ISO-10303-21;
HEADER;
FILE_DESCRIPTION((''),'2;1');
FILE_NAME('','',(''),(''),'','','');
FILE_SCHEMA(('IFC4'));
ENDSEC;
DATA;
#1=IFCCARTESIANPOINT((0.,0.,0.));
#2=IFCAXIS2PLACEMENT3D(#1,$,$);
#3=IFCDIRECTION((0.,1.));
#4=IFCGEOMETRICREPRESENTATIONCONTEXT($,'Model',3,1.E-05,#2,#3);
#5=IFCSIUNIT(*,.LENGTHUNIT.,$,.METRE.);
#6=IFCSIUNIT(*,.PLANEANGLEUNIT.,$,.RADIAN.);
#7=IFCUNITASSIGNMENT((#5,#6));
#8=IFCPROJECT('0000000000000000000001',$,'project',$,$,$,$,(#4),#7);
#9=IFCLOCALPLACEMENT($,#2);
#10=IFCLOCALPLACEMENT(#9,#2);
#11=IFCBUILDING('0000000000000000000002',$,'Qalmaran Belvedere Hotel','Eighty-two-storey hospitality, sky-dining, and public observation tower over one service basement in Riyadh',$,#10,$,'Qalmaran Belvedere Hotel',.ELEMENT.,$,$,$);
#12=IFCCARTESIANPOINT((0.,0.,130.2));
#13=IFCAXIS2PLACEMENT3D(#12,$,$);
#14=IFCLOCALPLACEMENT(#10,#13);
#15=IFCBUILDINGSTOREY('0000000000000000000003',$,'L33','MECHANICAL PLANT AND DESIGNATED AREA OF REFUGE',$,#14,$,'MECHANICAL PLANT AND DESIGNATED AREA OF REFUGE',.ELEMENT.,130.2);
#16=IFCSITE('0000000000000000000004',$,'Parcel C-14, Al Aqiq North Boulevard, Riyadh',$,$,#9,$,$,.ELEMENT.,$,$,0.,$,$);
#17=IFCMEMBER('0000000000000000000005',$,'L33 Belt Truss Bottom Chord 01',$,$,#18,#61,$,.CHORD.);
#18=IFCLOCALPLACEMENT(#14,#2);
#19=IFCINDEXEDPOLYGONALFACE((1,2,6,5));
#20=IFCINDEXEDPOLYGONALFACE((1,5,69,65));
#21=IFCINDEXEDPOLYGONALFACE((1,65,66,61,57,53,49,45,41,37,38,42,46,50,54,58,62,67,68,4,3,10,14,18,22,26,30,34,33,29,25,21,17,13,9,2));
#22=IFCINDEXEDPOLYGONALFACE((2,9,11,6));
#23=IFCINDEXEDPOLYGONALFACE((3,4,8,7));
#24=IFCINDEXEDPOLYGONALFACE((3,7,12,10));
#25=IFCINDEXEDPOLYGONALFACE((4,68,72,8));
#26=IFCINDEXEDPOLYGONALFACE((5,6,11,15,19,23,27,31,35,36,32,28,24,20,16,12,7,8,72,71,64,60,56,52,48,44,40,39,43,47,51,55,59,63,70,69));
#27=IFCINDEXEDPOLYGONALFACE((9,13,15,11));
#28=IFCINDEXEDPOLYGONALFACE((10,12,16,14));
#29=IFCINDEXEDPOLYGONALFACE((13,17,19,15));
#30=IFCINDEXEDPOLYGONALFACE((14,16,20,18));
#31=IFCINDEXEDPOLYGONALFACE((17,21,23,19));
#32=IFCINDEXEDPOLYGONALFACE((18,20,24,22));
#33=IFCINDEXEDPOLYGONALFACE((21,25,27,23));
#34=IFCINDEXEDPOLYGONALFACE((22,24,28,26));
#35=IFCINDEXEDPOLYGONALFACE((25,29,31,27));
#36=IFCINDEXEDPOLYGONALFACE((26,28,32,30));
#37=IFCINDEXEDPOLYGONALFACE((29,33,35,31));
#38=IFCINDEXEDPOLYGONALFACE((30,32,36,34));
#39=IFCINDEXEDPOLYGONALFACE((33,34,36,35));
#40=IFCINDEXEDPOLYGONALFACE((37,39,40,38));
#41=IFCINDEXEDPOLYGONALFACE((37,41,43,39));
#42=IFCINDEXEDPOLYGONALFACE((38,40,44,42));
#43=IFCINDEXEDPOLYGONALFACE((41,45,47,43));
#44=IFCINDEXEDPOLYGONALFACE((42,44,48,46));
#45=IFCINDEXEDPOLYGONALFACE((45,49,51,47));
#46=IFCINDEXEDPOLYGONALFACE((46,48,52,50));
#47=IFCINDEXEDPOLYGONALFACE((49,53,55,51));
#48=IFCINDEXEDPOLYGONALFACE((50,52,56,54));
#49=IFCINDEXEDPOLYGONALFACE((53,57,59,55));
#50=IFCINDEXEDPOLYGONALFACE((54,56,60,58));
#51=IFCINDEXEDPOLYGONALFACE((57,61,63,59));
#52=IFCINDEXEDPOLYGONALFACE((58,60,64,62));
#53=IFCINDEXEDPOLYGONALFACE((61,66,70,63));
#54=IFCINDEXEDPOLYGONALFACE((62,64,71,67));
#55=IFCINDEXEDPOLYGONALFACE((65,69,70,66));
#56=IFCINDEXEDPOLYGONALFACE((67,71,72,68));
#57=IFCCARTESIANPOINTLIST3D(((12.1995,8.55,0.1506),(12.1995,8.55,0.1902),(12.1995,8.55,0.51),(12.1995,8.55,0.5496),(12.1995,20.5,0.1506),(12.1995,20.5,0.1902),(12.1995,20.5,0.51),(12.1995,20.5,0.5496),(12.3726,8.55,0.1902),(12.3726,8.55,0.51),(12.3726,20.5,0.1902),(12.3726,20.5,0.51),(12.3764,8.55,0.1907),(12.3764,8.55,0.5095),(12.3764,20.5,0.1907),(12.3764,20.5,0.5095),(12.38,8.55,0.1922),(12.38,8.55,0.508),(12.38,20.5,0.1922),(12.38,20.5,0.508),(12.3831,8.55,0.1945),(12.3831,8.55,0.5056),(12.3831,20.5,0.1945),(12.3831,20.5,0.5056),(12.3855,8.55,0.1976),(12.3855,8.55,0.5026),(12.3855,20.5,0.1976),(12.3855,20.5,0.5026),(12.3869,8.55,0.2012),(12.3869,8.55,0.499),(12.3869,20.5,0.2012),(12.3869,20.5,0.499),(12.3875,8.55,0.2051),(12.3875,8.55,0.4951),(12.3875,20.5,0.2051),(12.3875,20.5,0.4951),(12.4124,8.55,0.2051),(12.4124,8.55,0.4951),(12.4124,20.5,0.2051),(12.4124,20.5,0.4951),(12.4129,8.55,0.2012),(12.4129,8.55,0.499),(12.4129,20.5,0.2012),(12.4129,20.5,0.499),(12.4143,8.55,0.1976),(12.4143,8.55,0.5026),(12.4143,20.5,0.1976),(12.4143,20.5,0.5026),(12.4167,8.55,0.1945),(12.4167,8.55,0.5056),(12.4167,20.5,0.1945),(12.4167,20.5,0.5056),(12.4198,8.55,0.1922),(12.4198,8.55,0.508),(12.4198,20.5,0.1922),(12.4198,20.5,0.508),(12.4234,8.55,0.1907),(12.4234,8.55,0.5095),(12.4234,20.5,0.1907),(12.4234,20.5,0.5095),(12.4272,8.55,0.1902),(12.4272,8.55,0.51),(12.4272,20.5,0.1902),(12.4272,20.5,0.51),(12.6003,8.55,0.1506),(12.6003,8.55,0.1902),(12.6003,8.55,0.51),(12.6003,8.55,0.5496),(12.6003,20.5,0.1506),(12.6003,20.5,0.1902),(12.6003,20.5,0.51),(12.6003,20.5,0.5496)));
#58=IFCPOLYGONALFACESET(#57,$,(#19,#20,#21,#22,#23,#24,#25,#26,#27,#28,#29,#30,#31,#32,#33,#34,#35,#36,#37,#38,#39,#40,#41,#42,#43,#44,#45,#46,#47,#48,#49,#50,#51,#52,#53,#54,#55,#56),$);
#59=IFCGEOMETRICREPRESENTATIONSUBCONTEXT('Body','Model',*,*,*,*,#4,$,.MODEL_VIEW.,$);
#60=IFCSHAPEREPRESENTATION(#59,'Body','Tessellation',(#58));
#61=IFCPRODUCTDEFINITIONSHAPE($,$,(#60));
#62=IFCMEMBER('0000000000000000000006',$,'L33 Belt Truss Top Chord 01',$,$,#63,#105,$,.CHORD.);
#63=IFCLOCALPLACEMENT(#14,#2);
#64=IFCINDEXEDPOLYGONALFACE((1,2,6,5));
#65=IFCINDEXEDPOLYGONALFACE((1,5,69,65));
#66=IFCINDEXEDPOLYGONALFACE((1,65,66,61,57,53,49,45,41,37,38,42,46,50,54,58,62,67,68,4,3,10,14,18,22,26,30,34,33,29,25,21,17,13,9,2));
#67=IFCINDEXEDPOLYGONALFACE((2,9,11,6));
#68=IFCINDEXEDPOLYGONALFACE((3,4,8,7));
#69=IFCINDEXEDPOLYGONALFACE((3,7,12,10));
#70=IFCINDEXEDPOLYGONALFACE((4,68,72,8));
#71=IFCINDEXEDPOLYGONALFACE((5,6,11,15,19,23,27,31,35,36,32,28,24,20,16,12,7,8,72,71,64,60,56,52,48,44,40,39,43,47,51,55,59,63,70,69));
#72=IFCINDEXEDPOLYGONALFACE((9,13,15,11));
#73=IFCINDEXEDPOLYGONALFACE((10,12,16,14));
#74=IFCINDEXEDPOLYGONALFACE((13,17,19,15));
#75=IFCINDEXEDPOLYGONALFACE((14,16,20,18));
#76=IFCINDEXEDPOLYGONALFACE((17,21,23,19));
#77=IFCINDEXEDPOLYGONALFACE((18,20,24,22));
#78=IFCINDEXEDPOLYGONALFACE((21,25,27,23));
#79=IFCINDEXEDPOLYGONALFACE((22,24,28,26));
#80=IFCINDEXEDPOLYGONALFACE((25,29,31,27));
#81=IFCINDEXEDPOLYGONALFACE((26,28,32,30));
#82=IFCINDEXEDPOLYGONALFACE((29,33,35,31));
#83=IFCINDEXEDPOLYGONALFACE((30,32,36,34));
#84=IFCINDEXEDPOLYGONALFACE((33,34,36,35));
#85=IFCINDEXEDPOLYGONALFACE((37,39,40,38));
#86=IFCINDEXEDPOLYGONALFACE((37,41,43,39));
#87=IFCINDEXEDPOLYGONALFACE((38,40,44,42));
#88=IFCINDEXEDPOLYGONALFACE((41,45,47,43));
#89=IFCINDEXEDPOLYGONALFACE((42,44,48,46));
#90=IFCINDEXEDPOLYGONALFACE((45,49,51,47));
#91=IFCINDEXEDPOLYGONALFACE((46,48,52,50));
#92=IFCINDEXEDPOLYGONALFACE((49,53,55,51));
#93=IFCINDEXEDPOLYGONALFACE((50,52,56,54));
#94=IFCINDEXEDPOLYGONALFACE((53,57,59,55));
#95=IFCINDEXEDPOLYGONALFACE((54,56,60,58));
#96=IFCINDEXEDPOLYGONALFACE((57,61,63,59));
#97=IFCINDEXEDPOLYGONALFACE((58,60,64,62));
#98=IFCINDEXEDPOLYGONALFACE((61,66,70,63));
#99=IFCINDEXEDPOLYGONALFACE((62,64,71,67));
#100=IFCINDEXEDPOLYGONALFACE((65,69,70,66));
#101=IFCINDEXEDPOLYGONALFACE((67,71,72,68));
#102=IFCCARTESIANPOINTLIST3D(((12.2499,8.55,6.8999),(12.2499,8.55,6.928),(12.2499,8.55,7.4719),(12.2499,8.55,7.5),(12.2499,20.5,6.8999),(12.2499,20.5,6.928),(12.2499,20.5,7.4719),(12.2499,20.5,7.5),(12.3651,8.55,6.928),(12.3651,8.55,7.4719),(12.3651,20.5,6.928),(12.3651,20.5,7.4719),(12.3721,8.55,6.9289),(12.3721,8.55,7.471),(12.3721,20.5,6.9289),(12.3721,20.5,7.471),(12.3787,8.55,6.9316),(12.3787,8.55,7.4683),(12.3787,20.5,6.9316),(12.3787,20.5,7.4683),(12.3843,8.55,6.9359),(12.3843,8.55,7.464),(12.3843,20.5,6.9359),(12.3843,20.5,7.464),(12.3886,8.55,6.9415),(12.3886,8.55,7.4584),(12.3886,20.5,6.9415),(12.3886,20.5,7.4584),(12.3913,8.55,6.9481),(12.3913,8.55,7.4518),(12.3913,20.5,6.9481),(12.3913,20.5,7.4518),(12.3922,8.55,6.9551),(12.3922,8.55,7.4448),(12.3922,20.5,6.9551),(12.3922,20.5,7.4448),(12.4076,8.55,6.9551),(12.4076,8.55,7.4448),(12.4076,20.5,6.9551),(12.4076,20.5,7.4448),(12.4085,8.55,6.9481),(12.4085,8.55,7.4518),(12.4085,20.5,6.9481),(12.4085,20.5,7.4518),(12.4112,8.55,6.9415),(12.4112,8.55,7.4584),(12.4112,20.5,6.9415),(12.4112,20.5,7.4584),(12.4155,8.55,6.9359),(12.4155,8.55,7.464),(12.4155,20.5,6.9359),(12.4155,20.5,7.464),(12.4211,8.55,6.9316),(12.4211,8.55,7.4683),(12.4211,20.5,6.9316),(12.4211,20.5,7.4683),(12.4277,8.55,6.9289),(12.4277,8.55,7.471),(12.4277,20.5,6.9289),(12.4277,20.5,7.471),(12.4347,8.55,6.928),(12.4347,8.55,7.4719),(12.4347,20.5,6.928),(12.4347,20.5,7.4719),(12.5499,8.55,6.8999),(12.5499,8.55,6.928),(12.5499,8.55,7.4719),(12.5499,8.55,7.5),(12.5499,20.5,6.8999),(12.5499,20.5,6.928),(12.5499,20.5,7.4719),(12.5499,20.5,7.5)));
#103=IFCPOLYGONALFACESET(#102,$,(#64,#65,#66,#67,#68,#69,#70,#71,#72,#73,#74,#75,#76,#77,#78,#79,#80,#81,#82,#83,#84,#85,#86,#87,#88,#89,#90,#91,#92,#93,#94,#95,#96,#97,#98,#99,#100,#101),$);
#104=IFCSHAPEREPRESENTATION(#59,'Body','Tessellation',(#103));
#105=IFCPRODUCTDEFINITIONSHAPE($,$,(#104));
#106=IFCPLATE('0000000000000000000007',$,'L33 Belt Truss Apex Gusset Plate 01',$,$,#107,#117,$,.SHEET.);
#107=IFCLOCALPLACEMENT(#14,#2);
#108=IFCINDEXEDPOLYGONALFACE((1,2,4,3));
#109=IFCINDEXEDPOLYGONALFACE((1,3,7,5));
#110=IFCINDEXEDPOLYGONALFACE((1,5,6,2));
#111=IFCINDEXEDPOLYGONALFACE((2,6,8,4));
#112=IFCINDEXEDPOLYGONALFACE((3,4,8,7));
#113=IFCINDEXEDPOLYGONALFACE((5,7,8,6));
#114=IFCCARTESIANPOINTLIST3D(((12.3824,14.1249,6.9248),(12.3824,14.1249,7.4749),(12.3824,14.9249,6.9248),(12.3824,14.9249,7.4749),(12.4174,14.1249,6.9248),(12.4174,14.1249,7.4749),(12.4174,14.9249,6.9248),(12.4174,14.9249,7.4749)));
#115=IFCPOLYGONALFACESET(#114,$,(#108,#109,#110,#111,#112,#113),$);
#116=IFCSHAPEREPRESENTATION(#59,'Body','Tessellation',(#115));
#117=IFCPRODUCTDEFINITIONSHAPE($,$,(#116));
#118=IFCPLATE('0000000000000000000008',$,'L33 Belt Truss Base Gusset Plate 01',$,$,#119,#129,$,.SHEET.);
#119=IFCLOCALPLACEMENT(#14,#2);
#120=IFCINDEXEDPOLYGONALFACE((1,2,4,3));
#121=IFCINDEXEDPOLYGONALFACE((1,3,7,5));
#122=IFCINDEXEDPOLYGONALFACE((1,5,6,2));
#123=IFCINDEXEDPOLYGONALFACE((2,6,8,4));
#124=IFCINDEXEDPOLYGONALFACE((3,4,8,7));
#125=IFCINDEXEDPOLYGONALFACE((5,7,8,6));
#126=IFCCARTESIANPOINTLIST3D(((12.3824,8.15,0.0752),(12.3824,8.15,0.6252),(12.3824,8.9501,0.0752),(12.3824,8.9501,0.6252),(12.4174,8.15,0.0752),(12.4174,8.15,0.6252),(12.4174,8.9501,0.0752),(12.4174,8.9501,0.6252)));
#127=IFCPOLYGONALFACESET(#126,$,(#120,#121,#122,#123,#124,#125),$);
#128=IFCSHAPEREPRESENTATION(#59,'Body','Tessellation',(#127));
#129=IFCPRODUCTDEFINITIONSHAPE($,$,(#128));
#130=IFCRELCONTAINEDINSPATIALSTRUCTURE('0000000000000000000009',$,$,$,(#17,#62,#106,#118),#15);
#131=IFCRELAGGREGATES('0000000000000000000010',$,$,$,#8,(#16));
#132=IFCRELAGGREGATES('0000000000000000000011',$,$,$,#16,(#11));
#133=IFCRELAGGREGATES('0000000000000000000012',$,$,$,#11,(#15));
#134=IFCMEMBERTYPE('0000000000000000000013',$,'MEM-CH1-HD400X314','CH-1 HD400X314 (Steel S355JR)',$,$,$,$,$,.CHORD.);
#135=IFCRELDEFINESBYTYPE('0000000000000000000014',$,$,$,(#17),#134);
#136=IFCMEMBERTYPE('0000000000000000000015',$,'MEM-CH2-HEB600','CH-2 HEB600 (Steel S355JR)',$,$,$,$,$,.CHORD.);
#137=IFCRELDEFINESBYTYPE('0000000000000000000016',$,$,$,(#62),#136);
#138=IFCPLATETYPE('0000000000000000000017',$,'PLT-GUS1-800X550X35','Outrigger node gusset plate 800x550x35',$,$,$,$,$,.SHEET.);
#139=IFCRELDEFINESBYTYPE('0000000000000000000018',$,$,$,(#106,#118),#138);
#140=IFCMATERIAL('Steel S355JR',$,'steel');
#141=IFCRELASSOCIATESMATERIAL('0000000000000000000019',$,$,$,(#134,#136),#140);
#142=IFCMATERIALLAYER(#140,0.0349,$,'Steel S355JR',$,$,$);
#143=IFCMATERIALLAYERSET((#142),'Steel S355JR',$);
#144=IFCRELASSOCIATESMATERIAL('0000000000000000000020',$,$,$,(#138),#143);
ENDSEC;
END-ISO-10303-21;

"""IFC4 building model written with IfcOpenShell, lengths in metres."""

from ifc_helpers import new_model, si_unit, direction, frame, origin, origin_2d, place, context, subcontext, project, spatial, rectangle, i_section, extrude, material, layer, layer_set, material_profile, profile_set, type_object, element, save


model = new_model("IFC4")

# Units and contexts
model_context = context("Model", 3, precision=1e-05, world=origin(), true_north=direction((0.0, 1.0)))
body_context = subcontext(model_context, "Body", "Model", "MODEL_VIEW")
ifc_project = project(units=[si_unit("LENGTHUNIT", "METRE"), si_unit("PLANEANGLEUNIT", "RADIAN")], contexts=[model_context])

# Site, building, storey
site_placement = place(None, origin())
site = spatial("IfcSite", under=ifc_project, at=site_placement, Name="Parcel C-14, Al Aqiq North Boulevard, Riyadh", CompositionType="ELEMENT", RefElevation=0.0)
building_placement = place(site_placement, origin())
building = spatial("IfcBuilding", under=site, at=building_placement, Name="Qalmaran Belvedere Hotel", Description="Eighty-two-storey hospitality, sky-dining, and public observation tower over one service basement in Riyadh", LongName="Qalmaran Belvedere Hotel", CompositionType="ELEMENT")
storey_placement = place(building_placement, frame((0.0, 0.0, 130.2)))
storey = spatial("IfcBuildingStorey", under=building, at=storey_placement, Name="L33", Description="MECHANICAL PLANT AND DESIGNATED AREA OF REFUGE", LongName="MECHANICAL PLANT AND DESIGNATED AREA OF REFUGE", CompositionType="ELEMENT", Elevation=130.2)

# Shared definitions
ifc_material_1 = material(Name="Steel S355JR", Category="steel")

# Members
ifc_material_profile_1 = material_profile(ifc_material_1, i_section(OverallWidth=0.4009, OverallDepth=0.3989, WebThickness=0.0249, FlangeThickness=0.0396, FilletRadius=0.0149, at=origin_2d()), Name="HD400X314")
ifc_profile_set_1 = profile_set([ifc_material_profile_1], Name="Steel S355JR")
member_type_1 = type_object("IfcMemberType", Name="MEM-CH1-HD400X314", Description="CH-1 HD400X314 (Steel S355JR)", PredefinedType="CHORD", material=ifc_profile_set_1)
member_1_placement = place(storey_placement, frame((12.3999, 8.55, 0.3501), z_axis=(0.0, 1.0, 0.0), x_axis=(-1.0, 0.0, 0.0)))
element("IfcMember", 1, at=member_1_placement, inside=storey, type_object=member_type_1, Name="L33 Belt Truss Bottom Chord 01", PredefinedType="CHORD", context=body_context, shape_type="SweptSolid", body=[
    extrude(i_section(OverallWidth=0.4009, OverallDepth=0.3989, WebThickness=0.0249, FlangeThickness=0.0396, FilletRadius=0.0149, at=origin_2d()), origin(), (0.0, 0.0, 1.0), 11.95),
])
ifc_material_profile_2 = material_profile(ifc_material_1, i_section(OverallWidth=0.3, OverallDepth=0.6001, WebThickness=0.0154, FlangeThickness=0.0281, FilletRadius=0.0271, at=origin_2d()), Name="HEB600")
ifc_profile_set_2 = profile_set([ifc_material_profile_2], Name="Steel S355JR")
member_type_2 = type_object("IfcMemberType", Name="MEM-CH2-HEB600", Description="CH-2 HEB600 (Steel S355JR)", PredefinedType="CHORD", material=ifc_profile_set_2)
member_2_placement = place(storey_placement, frame((12.3999, 8.55, 7.2), z_axis=(0.0, 1.0, 0.0), x_axis=(-1.0, 0.0, 0.0)))
element("IfcMember", 2, at=member_2_placement, inside=storey, type_object=member_type_2, Name="L33 Belt Truss Top Chord 01", PredefinedType="CHORD", context=body_context, shape_type="SweptSolid", body=[
    extrude(i_section(OverallWidth=0.3, OverallDepth=0.6001, WebThickness=0.0154, FlangeThickness=0.0281, FilletRadius=0.0271, at=origin_2d()), origin(), (0.0, 0.0, 1.0), 11.95),
])

# Plates
ifc_layer_1 = layer(ifc_material_1, 0.0349, Name="Steel S355JR")
ifc_layer_set_1 = layer_set([ifc_layer_1], Name="Steel S355JR")
plate_type = type_object("IfcPlateType", Name="PLT-GUS1-800X550X35", Description="Outrigger node gusset plate 800x550x35", PredefinedType="SHEET", material=ifc_layer_set_1)
for number, where, z_axis, x_axis, name in (
    (3, (12.3999, 14.5249, 6.9248), (0.0, 0.0, 1.0), (0.0, 1.0, 0.0), "L33 Belt Truss Apex Gusset Plate 01"),
    (4, (12.3999, 8.55, 0.0752), (0.0, 0.0, 1.0), (0.0, 1.0, 0.0), "L33 Belt Truss Base Gusset Plate 01"),
):
    element("IfcPlate", number, at=place(storey_placement, frame(where, z_axis=z_axis, x_axis=x_axis)), inside=storey, type_object=plate_type, Name=name, PredefinedType="SHEET", context=body_context, shape_type="SweptSolid", body=[
        extrude(rectangle(XDim=0.8, YDim=0.0349, at=origin_2d()), origin(), (0.0, 0.0, 1.0), 0.55),
    ])

save(model, "model.ifc")
